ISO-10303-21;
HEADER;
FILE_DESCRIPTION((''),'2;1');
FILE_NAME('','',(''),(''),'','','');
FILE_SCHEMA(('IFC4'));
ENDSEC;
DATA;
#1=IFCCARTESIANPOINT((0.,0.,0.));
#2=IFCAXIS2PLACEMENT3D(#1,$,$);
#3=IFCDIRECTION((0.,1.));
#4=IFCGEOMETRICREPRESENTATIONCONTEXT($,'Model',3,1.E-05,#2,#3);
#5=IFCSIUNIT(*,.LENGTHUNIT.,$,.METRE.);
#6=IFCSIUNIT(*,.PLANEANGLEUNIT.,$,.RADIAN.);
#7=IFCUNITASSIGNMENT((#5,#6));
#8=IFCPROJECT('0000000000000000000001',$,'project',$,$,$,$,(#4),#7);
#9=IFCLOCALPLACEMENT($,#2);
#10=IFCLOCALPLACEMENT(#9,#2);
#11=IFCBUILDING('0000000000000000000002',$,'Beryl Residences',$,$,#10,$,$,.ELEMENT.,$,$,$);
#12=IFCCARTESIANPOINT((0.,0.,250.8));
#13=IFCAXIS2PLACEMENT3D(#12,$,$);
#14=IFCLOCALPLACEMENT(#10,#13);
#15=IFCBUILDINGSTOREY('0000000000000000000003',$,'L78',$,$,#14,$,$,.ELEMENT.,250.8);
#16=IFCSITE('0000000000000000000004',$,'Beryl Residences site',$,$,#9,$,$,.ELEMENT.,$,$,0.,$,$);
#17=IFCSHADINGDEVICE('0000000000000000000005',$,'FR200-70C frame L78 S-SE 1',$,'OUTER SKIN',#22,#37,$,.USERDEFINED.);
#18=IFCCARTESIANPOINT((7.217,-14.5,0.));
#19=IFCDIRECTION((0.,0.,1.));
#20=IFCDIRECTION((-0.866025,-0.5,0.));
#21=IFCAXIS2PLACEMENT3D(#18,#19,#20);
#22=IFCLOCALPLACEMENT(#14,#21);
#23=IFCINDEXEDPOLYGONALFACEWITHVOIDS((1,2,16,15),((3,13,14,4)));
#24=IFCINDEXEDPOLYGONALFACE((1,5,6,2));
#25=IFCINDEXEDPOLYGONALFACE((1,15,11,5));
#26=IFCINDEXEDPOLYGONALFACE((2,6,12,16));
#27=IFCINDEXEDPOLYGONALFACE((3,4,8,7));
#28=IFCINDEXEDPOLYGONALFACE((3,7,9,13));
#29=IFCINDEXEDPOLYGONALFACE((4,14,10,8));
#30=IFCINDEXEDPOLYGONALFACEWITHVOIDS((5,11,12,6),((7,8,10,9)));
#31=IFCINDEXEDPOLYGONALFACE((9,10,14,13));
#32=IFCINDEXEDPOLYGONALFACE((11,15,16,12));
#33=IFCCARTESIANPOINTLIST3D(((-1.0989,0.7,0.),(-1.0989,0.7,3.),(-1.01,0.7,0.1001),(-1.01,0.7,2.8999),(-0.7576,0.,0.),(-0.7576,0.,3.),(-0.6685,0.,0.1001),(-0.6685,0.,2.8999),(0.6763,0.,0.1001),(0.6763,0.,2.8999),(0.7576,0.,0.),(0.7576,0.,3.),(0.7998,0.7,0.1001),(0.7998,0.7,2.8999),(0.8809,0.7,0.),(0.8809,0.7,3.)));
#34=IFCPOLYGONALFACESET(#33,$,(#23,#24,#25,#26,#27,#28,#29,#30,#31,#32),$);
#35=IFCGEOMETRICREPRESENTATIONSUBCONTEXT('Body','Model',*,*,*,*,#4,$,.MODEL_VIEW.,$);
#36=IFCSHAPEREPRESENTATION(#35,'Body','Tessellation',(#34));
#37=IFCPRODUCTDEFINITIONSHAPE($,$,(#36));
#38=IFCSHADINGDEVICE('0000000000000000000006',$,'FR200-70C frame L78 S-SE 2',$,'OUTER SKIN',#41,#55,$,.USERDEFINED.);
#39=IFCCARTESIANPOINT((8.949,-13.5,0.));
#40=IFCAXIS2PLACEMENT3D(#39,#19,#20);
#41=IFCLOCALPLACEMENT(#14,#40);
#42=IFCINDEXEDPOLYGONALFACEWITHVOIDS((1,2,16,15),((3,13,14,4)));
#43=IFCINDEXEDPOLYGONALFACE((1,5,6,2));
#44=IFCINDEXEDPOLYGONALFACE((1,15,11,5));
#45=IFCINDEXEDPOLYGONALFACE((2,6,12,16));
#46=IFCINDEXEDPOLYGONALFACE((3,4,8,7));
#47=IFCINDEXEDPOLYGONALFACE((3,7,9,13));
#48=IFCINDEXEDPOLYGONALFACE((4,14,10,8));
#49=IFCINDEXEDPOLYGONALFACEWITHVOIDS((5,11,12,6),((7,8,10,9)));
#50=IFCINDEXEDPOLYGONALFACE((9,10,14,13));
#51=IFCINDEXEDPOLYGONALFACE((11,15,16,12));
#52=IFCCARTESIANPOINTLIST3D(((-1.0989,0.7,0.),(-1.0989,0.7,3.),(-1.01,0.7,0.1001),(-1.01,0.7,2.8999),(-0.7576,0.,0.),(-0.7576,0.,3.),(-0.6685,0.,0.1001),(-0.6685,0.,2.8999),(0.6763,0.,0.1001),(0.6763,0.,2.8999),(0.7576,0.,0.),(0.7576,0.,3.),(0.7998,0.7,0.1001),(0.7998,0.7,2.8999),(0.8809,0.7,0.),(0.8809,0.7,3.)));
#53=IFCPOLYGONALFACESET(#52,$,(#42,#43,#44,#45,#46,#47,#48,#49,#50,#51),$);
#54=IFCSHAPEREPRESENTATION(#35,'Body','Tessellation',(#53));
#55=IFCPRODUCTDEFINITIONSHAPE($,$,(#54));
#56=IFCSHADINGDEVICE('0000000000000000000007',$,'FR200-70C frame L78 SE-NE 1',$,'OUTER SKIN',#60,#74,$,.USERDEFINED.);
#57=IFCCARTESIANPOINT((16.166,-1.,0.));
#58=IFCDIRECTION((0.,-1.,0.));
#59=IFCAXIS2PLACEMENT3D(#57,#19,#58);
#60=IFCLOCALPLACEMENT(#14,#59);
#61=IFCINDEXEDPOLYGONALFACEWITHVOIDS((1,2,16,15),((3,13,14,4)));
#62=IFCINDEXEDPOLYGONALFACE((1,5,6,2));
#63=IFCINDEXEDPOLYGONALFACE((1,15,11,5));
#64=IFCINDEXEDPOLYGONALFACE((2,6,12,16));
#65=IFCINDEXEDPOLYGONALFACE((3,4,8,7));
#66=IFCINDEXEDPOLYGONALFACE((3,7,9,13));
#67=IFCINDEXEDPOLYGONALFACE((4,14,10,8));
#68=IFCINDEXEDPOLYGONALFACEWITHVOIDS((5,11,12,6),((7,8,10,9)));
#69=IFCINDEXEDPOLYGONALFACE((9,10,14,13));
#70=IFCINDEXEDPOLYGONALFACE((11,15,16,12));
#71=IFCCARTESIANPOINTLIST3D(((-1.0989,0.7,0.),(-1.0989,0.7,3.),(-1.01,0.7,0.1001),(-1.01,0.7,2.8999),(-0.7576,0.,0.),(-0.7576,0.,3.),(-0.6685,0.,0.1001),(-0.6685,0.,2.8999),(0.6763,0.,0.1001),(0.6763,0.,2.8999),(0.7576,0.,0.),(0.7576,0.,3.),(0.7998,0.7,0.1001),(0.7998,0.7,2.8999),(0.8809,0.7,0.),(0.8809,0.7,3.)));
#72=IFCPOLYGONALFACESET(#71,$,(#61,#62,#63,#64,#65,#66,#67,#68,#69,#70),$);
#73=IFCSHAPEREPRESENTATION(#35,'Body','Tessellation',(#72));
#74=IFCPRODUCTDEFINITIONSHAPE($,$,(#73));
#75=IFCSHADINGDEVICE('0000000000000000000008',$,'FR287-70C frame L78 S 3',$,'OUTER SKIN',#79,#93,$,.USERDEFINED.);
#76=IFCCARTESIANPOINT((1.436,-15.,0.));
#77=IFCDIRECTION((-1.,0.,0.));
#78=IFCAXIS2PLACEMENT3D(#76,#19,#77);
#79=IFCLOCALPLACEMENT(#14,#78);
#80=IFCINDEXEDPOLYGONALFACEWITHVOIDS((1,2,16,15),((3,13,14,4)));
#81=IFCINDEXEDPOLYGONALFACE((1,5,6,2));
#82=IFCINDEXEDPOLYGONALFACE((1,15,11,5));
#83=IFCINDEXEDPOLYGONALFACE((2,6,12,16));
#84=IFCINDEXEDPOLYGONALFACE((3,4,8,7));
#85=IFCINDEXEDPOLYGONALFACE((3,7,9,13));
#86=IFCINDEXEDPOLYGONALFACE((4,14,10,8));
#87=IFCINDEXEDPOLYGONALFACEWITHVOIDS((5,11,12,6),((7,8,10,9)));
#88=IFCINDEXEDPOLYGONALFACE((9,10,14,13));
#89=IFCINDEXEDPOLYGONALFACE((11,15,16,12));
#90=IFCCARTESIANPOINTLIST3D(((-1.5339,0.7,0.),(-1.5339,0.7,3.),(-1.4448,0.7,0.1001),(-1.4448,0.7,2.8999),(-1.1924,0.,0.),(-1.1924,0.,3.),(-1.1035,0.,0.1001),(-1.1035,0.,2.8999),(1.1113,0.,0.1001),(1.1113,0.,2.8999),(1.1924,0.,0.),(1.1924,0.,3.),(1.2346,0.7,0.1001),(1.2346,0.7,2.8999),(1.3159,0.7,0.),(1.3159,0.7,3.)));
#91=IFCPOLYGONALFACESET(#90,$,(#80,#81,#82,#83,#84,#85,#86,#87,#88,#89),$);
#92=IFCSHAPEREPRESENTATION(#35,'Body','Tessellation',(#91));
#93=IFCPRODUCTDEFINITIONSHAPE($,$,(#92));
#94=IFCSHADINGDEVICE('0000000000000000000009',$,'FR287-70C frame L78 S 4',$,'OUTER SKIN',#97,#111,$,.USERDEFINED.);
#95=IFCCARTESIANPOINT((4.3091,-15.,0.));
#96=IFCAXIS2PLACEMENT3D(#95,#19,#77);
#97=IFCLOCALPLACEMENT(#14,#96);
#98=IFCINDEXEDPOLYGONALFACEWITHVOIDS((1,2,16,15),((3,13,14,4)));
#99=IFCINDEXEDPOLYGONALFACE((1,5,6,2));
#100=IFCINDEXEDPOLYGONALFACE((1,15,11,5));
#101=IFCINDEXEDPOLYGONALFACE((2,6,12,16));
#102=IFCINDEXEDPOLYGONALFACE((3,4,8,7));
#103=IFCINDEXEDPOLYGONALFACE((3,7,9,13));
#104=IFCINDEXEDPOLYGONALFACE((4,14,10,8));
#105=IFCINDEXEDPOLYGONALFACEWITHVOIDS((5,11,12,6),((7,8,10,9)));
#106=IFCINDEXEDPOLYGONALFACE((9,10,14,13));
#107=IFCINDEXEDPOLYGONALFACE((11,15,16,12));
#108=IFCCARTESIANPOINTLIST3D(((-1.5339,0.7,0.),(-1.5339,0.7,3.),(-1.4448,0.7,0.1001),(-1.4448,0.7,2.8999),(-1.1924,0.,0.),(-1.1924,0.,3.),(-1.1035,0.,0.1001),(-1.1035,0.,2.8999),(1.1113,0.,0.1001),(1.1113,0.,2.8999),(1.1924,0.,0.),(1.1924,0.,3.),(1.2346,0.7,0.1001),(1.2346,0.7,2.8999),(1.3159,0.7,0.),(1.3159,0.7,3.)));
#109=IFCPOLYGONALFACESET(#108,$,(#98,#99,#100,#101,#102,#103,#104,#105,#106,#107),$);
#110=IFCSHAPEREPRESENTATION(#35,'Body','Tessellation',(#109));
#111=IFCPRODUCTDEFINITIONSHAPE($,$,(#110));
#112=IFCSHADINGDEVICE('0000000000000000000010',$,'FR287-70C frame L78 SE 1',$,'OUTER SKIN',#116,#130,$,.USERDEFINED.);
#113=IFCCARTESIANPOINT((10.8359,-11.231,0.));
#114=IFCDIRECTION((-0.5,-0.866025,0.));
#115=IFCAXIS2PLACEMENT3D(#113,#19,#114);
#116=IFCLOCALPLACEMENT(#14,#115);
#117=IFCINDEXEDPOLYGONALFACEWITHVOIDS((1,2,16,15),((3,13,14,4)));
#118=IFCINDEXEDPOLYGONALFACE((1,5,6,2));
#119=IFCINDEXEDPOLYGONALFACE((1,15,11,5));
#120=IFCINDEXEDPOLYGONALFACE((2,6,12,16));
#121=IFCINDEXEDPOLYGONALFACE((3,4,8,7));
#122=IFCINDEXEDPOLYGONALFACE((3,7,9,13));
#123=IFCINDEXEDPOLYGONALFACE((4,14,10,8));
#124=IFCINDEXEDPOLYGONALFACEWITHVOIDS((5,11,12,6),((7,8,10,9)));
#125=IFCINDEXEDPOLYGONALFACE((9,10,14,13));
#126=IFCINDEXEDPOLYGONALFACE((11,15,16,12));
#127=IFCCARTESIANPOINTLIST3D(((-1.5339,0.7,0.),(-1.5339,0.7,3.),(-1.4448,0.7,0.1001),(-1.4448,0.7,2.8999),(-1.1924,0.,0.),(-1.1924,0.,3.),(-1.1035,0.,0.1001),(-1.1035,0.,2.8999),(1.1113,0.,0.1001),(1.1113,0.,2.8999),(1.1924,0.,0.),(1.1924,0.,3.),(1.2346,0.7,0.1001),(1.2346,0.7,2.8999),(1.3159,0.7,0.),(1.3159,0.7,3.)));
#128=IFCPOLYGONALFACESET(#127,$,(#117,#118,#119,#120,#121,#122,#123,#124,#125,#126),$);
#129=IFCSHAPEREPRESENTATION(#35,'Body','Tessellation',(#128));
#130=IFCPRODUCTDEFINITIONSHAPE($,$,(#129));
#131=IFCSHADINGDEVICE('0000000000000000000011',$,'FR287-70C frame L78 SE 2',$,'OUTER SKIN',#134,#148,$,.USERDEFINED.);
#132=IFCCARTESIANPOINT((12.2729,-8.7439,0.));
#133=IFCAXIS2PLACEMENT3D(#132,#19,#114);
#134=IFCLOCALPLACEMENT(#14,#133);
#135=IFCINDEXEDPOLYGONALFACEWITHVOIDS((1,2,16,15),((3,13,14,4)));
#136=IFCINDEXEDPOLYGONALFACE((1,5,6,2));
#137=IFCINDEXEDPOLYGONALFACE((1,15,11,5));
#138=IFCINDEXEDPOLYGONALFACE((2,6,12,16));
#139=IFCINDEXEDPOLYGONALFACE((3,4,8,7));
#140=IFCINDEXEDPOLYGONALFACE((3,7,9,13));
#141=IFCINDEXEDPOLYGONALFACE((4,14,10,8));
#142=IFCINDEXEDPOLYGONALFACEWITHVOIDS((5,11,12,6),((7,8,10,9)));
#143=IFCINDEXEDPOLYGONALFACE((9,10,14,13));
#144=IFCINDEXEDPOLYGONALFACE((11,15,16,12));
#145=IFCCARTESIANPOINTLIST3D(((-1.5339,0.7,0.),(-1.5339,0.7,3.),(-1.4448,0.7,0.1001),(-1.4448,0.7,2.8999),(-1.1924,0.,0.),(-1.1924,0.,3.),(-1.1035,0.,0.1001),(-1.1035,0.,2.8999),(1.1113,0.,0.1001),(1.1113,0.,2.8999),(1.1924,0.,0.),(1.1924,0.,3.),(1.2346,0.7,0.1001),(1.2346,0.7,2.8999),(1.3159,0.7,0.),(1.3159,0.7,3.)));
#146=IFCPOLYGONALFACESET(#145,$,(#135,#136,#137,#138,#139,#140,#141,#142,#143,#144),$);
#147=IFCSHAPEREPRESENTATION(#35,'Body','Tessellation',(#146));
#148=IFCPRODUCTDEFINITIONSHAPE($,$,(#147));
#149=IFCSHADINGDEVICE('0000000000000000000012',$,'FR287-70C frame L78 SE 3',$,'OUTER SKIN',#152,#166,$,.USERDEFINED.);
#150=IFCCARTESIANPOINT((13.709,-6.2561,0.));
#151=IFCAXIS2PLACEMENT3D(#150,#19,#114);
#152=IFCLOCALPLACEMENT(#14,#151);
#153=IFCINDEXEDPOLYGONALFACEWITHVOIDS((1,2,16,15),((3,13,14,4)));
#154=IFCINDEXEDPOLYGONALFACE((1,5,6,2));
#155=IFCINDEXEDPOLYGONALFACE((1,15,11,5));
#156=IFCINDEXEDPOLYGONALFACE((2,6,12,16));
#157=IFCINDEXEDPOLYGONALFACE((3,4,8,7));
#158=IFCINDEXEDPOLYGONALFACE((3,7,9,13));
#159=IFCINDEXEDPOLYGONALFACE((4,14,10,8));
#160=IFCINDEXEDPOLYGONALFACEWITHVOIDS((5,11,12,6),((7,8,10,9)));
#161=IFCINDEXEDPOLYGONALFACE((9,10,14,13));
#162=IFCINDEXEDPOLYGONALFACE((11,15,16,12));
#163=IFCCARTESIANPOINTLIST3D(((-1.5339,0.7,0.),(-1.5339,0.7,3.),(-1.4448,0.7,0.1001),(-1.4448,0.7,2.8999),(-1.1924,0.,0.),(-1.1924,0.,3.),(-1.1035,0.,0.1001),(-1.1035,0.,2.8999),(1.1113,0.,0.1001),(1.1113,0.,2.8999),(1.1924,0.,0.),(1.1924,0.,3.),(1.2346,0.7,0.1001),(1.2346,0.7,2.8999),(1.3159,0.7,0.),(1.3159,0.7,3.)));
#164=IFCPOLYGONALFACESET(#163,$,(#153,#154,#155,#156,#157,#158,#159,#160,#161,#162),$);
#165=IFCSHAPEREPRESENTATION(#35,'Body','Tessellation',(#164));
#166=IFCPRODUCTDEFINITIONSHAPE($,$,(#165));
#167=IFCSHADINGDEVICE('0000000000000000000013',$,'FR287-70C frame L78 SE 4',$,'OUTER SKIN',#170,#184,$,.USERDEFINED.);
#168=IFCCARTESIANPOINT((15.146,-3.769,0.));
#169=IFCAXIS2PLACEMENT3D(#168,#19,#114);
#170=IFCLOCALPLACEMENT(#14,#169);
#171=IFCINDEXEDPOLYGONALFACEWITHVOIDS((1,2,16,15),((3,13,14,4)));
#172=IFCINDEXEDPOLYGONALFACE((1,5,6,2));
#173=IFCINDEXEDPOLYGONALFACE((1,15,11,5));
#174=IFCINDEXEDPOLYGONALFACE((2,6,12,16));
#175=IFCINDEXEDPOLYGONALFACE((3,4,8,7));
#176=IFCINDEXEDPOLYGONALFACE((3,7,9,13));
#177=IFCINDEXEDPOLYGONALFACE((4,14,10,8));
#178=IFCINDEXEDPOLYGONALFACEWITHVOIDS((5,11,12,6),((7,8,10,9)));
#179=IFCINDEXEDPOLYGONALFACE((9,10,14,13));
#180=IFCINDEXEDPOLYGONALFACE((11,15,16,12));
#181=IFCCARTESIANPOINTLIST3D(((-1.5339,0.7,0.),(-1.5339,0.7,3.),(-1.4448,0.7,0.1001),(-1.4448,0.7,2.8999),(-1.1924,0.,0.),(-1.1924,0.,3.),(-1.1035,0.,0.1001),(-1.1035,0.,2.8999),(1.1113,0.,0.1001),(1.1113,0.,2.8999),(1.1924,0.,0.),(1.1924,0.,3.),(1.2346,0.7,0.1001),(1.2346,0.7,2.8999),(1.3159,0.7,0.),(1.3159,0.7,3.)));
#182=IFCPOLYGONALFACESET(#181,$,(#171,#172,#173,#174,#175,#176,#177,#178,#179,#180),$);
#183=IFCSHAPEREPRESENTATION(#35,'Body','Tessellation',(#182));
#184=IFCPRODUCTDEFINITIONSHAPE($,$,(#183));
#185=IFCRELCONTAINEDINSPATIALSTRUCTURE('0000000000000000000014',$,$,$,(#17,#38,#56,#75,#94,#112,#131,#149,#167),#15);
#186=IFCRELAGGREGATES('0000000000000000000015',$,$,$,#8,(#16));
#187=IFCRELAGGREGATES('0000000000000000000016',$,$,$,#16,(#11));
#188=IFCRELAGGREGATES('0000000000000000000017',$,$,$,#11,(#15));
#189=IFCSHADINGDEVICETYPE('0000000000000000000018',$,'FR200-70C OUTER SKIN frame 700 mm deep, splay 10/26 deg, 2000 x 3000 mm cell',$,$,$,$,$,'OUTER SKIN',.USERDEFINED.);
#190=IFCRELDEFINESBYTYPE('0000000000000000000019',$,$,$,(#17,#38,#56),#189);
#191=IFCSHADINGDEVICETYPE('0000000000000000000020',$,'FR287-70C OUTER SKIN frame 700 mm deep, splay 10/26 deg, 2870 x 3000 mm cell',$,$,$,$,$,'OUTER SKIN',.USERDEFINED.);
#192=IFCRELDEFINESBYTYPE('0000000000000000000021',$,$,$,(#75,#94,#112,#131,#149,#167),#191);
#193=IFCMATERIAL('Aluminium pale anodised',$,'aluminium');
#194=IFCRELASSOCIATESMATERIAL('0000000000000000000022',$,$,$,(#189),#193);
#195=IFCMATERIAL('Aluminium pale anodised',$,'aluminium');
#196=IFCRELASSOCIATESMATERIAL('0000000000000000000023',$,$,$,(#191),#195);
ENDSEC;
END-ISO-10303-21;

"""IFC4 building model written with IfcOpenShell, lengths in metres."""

from ifc_helpers import new_model, entity, si_unit, direction, frame, origin, place, context, subcontext, project, spatial, source, transform, mapped, material, type_object, type_shapes, element, save


model = new_model("IFC4")

# Units and contexts
model_context = context("Model", 3, precision=1e-05, world=origin(), true_north=direction((0.0, 1.0)))
body_context = subcontext(model_context, "Body", "Model", "MODEL_VIEW")
ifc_project = project(units=[si_unit("LENGTHUNIT", "METRE"), si_unit("PLANEANGLEUNIT", "RADIAN")], contexts=[model_context])

# Site, building, storey
site_placement = place(None, origin())
site = spatial("IfcSite", under=ifc_project, at=site_placement, Name="Beryl Residences site", CompositionType="ELEMENT", RefElevation=0.0)
building_placement = place(site_placement, origin())
building = spatial("IfcBuilding", under=site, at=building_placement, Name="Beryl Residences", CompositionType="ELEMENT")
storey_placement = place(building_placement, frame((0.0, 0.0, 250.8)))
storey = spatial("IfcBuildingStorey", under=building, at=storey_placement, Name="L78", CompositionType="ELEMENT", Elevation=250.8)

# Shading devices
ifc_material_1 = material(Name="Aluminium pale anodised", Category="aluminium")
shading_device_type_1 = type_object("IfcShadingDeviceType", Name="FR200-70C OUTER SKIN frame 700 mm deep, splay 10/26 deg, 2000 x 3000 mm cell", ElementType="OUTER SKIN", PredefinedType="USERDEFINED", material=ifc_material_1)
cartesian_point_1 = entity("IfcCartesianPoint", [-0.7576, 0.0])
cartesian_point_2 = entity("IfcCartesianPoint", [-0.6763, 0.1001])
cartesian_point_3 = entity("IfcCartesianPoint", [-0.8809, 0.0])
cartesian_point_4 = entity("IfcCartesianPoint", [-0.7998, 0.1001])
shared_shape_1 = source(origin(), body_context, "Body", "SweptSolid", [
    entity("IfcExtrudedAreaSolidTapered", entity("IfcArbitraryProfileDefWithVoids", "AREA", None, entity("IfcPolyline", [cartesian_point_1, entity("IfcCartesianPoint", [0.7576, 0.0]), entity("IfcCartesianPoint", [0.7576, 3.0]), entity("IfcCartesianPoint", [-0.7576, 3.0]), cartesian_point_1]), [entity("IfcPolyline", [cartesian_point_2, entity("IfcCartesianPoint", [0.6685, 0.1001]), entity("IfcCartesianPoint", [0.6685, 2.8999]), entity("IfcCartesianPoint", [-0.6763, 2.8999]), cartesian_point_2])]), entity("IfcAxis2Placement3D", entity("IfcCartesianPoint", [0.0, 0.0, 0.0]), entity("IfcDirection", [0.0, 1.0, 0.0]), entity("IfcDirection", [-1.0, 0.0, 0.0])), entity("IfcDirection", [0.0, 0.0, 1.0]), 0.7, entity("IfcArbitraryProfileDefWithVoids", "AREA", None, entity("IfcPolyline", [cartesian_point_3, entity("IfcCartesianPoint", [1.0989, 0.0]), entity("IfcCartesianPoint", [1.0989, 3.0]), entity("IfcCartesianPoint", [-0.8809, 3.0]), cartesian_point_3]), [entity("IfcPolyline", [cartesian_point_4, entity("IfcCartesianPoint", [1.01, 0.1001]), entity("IfcCartesianPoint", [1.01, 2.8999]), entity("IfcCartesianPoint", [-0.7998, 2.8999]), cartesian_point_4])])),
])
type_shapes(shading_device_type_1, [shared_shape_1])
for number, where, z_axis, x_axis, name in (
    (1, (7.217, -14.5, 0.0), (0.0, 0.0, 1.0), (-0.866025, -0.5, 0.0), "FR200-70C frame L78 S-SE 1"),
    (2, (8.949, -13.5, 0.0), (0.0, 0.0, 1.0), (-0.866025, -0.5, 0.0), "FR200-70C frame L78 S-SE 2"),
    (3, (16.166, -1.0, 0.0), (0.0, 0.0, 1.0), (0.0, -1.0, 0.0), "FR200-70C frame L78 SE-NE 1"),
):
    element("IfcShadingDevice", number, at=place(storey_placement, frame(where, z_axis=z_axis, x_axis=x_axis)), inside=storey, type_object=shading_device_type_1, Name=name, ObjectType="OUTER SKIN", PredefinedType="USERDEFINED", context=body_context, shape_type="MappedRepresentation", body=[
        mapped(shared_shape_1, transform((0.0, 0.0, 0.0))),
    ])
ifc_material_2 = material(Name="Aluminium pale anodised", Category="aluminium")
shading_device_type_2 = type_object("IfcShadingDeviceType", Name="FR287-70C OUTER SKIN frame 700 mm deep, splay 10/26 deg, 2870 x 3000 mm cell", ElementType="OUTER SKIN", PredefinedType="USERDEFINED", material=ifc_material_2)
cartesian_point_5 = entity("IfcCartesianPoint", [-1.1924, 0.0])
cartesian_point_6 = entity("IfcCartesianPoint", [-1.1113, 0.1001])
cartesian_point_7 = entity("IfcCartesianPoint", [-1.3159, 0.0])
cartesian_point_8 = entity("IfcCartesianPoint", [-1.2346, 0.1001])
shared_shape_2 = source(origin(), body_context, "Body", "SweptSolid", [
    entity("IfcExtrudedAreaSolidTapered", entity("IfcArbitraryProfileDefWithVoids", "AREA", None, entity("IfcPolyline", [cartesian_point_5, entity("IfcCartesianPoint", [1.1924, 0.0]), entity("IfcCartesianPoint", [1.1924, 3.0]), entity("IfcCartesianPoint", [-1.1924, 3.0]), cartesian_point_5]), [entity("IfcPolyline", [cartesian_point_6, entity("IfcCartesianPoint", [1.1035, 0.1001]), entity("IfcCartesianPoint", [1.1035, 2.8999]), entity("IfcCartesianPoint", [-1.1113, 2.8999]), cartesian_point_6])]), entity("IfcAxis2Placement3D", entity("IfcCartesianPoint", [0.0, 0.0, 0.0]), entity("IfcDirection", [0.0, 1.0, 0.0]), entity("IfcDirection", [-1.0, 0.0, 0.0])), entity("IfcDirection", [0.0, 0.0, 1.0]), 0.7, entity("IfcArbitraryProfileDefWithVoids", "AREA", None, entity("IfcPolyline", [cartesian_point_7, entity("IfcCartesianPoint", [1.5339, 0.0]), entity("IfcCartesianPoint", [1.5339, 3.0]), entity("IfcCartesianPoint", [-1.3159, 3.0]), cartesian_point_7]), [entity("IfcPolyline", [cartesian_point_8, entity("IfcCartesianPoint", [1.4448, 0.1001]), entity("IfcCartesianPoint", [1.4448, 2.8999]), entity("IfcCartesianPoint", [-1.2346, 2.8999]), cartesian_point_8])])),
])
type_shapes(shading_device_type_2, [shared_shape_2])
for number, where, z_axis, x_axis, name in (
    (4, (1.436, -15.0, 0.0), (0.0, 0.0, 1.0), (-1.0, 0.0, 0.0), "FR287-70C frame L78 S 3"),
    (5, (4.3091, -15.0, 0.0), (0.0, 0.0, 1.0), (-1.0, 0.0, 0.0), "FR287-70C frame L78 S 4"),
    (6, (10.8359, -11.231, 0.0), (0.0, 0.0, 1.0), (-0.5, -0.866025, 0.0), "FR287-70C frame L78 SE 1"),
    (7, (12.2729, -8.7439, 0.0), (0.0, 0.0, 1.0), (-0.5, -0.866025, 0.0), "FR287-70C frame L78 SE 2"),
    (8, (13.709, -6.2561, 0.0), (0.0, 0.0, 1.0), (-0.5, -0.866025, 0.0), "FR287-70C frame L78 SE 3"),
    (9, (15.146, -3.769, 0.0), (0.0, 0.0, 1.0), (-0.5, -0.866025, 0.0), "FR287-70C frame L78 SE 4"),
):
    element("IfcShadingDevice", number, at=place(storey_placement, frame(where, z_axis=z_axis, x_axis=x_axis)), inside=storey, type_object=shading_device_type_2, Name=name, ObjectType="OUTER SKIN", PredefinedType="USERDEFINED", context=body_context, shape_type="MappedRepresentation", body=[
        mapped(shared_shape_2, transform((0.0, 0.0, 0.0))),
    ])

save(model, "model.ifc")
